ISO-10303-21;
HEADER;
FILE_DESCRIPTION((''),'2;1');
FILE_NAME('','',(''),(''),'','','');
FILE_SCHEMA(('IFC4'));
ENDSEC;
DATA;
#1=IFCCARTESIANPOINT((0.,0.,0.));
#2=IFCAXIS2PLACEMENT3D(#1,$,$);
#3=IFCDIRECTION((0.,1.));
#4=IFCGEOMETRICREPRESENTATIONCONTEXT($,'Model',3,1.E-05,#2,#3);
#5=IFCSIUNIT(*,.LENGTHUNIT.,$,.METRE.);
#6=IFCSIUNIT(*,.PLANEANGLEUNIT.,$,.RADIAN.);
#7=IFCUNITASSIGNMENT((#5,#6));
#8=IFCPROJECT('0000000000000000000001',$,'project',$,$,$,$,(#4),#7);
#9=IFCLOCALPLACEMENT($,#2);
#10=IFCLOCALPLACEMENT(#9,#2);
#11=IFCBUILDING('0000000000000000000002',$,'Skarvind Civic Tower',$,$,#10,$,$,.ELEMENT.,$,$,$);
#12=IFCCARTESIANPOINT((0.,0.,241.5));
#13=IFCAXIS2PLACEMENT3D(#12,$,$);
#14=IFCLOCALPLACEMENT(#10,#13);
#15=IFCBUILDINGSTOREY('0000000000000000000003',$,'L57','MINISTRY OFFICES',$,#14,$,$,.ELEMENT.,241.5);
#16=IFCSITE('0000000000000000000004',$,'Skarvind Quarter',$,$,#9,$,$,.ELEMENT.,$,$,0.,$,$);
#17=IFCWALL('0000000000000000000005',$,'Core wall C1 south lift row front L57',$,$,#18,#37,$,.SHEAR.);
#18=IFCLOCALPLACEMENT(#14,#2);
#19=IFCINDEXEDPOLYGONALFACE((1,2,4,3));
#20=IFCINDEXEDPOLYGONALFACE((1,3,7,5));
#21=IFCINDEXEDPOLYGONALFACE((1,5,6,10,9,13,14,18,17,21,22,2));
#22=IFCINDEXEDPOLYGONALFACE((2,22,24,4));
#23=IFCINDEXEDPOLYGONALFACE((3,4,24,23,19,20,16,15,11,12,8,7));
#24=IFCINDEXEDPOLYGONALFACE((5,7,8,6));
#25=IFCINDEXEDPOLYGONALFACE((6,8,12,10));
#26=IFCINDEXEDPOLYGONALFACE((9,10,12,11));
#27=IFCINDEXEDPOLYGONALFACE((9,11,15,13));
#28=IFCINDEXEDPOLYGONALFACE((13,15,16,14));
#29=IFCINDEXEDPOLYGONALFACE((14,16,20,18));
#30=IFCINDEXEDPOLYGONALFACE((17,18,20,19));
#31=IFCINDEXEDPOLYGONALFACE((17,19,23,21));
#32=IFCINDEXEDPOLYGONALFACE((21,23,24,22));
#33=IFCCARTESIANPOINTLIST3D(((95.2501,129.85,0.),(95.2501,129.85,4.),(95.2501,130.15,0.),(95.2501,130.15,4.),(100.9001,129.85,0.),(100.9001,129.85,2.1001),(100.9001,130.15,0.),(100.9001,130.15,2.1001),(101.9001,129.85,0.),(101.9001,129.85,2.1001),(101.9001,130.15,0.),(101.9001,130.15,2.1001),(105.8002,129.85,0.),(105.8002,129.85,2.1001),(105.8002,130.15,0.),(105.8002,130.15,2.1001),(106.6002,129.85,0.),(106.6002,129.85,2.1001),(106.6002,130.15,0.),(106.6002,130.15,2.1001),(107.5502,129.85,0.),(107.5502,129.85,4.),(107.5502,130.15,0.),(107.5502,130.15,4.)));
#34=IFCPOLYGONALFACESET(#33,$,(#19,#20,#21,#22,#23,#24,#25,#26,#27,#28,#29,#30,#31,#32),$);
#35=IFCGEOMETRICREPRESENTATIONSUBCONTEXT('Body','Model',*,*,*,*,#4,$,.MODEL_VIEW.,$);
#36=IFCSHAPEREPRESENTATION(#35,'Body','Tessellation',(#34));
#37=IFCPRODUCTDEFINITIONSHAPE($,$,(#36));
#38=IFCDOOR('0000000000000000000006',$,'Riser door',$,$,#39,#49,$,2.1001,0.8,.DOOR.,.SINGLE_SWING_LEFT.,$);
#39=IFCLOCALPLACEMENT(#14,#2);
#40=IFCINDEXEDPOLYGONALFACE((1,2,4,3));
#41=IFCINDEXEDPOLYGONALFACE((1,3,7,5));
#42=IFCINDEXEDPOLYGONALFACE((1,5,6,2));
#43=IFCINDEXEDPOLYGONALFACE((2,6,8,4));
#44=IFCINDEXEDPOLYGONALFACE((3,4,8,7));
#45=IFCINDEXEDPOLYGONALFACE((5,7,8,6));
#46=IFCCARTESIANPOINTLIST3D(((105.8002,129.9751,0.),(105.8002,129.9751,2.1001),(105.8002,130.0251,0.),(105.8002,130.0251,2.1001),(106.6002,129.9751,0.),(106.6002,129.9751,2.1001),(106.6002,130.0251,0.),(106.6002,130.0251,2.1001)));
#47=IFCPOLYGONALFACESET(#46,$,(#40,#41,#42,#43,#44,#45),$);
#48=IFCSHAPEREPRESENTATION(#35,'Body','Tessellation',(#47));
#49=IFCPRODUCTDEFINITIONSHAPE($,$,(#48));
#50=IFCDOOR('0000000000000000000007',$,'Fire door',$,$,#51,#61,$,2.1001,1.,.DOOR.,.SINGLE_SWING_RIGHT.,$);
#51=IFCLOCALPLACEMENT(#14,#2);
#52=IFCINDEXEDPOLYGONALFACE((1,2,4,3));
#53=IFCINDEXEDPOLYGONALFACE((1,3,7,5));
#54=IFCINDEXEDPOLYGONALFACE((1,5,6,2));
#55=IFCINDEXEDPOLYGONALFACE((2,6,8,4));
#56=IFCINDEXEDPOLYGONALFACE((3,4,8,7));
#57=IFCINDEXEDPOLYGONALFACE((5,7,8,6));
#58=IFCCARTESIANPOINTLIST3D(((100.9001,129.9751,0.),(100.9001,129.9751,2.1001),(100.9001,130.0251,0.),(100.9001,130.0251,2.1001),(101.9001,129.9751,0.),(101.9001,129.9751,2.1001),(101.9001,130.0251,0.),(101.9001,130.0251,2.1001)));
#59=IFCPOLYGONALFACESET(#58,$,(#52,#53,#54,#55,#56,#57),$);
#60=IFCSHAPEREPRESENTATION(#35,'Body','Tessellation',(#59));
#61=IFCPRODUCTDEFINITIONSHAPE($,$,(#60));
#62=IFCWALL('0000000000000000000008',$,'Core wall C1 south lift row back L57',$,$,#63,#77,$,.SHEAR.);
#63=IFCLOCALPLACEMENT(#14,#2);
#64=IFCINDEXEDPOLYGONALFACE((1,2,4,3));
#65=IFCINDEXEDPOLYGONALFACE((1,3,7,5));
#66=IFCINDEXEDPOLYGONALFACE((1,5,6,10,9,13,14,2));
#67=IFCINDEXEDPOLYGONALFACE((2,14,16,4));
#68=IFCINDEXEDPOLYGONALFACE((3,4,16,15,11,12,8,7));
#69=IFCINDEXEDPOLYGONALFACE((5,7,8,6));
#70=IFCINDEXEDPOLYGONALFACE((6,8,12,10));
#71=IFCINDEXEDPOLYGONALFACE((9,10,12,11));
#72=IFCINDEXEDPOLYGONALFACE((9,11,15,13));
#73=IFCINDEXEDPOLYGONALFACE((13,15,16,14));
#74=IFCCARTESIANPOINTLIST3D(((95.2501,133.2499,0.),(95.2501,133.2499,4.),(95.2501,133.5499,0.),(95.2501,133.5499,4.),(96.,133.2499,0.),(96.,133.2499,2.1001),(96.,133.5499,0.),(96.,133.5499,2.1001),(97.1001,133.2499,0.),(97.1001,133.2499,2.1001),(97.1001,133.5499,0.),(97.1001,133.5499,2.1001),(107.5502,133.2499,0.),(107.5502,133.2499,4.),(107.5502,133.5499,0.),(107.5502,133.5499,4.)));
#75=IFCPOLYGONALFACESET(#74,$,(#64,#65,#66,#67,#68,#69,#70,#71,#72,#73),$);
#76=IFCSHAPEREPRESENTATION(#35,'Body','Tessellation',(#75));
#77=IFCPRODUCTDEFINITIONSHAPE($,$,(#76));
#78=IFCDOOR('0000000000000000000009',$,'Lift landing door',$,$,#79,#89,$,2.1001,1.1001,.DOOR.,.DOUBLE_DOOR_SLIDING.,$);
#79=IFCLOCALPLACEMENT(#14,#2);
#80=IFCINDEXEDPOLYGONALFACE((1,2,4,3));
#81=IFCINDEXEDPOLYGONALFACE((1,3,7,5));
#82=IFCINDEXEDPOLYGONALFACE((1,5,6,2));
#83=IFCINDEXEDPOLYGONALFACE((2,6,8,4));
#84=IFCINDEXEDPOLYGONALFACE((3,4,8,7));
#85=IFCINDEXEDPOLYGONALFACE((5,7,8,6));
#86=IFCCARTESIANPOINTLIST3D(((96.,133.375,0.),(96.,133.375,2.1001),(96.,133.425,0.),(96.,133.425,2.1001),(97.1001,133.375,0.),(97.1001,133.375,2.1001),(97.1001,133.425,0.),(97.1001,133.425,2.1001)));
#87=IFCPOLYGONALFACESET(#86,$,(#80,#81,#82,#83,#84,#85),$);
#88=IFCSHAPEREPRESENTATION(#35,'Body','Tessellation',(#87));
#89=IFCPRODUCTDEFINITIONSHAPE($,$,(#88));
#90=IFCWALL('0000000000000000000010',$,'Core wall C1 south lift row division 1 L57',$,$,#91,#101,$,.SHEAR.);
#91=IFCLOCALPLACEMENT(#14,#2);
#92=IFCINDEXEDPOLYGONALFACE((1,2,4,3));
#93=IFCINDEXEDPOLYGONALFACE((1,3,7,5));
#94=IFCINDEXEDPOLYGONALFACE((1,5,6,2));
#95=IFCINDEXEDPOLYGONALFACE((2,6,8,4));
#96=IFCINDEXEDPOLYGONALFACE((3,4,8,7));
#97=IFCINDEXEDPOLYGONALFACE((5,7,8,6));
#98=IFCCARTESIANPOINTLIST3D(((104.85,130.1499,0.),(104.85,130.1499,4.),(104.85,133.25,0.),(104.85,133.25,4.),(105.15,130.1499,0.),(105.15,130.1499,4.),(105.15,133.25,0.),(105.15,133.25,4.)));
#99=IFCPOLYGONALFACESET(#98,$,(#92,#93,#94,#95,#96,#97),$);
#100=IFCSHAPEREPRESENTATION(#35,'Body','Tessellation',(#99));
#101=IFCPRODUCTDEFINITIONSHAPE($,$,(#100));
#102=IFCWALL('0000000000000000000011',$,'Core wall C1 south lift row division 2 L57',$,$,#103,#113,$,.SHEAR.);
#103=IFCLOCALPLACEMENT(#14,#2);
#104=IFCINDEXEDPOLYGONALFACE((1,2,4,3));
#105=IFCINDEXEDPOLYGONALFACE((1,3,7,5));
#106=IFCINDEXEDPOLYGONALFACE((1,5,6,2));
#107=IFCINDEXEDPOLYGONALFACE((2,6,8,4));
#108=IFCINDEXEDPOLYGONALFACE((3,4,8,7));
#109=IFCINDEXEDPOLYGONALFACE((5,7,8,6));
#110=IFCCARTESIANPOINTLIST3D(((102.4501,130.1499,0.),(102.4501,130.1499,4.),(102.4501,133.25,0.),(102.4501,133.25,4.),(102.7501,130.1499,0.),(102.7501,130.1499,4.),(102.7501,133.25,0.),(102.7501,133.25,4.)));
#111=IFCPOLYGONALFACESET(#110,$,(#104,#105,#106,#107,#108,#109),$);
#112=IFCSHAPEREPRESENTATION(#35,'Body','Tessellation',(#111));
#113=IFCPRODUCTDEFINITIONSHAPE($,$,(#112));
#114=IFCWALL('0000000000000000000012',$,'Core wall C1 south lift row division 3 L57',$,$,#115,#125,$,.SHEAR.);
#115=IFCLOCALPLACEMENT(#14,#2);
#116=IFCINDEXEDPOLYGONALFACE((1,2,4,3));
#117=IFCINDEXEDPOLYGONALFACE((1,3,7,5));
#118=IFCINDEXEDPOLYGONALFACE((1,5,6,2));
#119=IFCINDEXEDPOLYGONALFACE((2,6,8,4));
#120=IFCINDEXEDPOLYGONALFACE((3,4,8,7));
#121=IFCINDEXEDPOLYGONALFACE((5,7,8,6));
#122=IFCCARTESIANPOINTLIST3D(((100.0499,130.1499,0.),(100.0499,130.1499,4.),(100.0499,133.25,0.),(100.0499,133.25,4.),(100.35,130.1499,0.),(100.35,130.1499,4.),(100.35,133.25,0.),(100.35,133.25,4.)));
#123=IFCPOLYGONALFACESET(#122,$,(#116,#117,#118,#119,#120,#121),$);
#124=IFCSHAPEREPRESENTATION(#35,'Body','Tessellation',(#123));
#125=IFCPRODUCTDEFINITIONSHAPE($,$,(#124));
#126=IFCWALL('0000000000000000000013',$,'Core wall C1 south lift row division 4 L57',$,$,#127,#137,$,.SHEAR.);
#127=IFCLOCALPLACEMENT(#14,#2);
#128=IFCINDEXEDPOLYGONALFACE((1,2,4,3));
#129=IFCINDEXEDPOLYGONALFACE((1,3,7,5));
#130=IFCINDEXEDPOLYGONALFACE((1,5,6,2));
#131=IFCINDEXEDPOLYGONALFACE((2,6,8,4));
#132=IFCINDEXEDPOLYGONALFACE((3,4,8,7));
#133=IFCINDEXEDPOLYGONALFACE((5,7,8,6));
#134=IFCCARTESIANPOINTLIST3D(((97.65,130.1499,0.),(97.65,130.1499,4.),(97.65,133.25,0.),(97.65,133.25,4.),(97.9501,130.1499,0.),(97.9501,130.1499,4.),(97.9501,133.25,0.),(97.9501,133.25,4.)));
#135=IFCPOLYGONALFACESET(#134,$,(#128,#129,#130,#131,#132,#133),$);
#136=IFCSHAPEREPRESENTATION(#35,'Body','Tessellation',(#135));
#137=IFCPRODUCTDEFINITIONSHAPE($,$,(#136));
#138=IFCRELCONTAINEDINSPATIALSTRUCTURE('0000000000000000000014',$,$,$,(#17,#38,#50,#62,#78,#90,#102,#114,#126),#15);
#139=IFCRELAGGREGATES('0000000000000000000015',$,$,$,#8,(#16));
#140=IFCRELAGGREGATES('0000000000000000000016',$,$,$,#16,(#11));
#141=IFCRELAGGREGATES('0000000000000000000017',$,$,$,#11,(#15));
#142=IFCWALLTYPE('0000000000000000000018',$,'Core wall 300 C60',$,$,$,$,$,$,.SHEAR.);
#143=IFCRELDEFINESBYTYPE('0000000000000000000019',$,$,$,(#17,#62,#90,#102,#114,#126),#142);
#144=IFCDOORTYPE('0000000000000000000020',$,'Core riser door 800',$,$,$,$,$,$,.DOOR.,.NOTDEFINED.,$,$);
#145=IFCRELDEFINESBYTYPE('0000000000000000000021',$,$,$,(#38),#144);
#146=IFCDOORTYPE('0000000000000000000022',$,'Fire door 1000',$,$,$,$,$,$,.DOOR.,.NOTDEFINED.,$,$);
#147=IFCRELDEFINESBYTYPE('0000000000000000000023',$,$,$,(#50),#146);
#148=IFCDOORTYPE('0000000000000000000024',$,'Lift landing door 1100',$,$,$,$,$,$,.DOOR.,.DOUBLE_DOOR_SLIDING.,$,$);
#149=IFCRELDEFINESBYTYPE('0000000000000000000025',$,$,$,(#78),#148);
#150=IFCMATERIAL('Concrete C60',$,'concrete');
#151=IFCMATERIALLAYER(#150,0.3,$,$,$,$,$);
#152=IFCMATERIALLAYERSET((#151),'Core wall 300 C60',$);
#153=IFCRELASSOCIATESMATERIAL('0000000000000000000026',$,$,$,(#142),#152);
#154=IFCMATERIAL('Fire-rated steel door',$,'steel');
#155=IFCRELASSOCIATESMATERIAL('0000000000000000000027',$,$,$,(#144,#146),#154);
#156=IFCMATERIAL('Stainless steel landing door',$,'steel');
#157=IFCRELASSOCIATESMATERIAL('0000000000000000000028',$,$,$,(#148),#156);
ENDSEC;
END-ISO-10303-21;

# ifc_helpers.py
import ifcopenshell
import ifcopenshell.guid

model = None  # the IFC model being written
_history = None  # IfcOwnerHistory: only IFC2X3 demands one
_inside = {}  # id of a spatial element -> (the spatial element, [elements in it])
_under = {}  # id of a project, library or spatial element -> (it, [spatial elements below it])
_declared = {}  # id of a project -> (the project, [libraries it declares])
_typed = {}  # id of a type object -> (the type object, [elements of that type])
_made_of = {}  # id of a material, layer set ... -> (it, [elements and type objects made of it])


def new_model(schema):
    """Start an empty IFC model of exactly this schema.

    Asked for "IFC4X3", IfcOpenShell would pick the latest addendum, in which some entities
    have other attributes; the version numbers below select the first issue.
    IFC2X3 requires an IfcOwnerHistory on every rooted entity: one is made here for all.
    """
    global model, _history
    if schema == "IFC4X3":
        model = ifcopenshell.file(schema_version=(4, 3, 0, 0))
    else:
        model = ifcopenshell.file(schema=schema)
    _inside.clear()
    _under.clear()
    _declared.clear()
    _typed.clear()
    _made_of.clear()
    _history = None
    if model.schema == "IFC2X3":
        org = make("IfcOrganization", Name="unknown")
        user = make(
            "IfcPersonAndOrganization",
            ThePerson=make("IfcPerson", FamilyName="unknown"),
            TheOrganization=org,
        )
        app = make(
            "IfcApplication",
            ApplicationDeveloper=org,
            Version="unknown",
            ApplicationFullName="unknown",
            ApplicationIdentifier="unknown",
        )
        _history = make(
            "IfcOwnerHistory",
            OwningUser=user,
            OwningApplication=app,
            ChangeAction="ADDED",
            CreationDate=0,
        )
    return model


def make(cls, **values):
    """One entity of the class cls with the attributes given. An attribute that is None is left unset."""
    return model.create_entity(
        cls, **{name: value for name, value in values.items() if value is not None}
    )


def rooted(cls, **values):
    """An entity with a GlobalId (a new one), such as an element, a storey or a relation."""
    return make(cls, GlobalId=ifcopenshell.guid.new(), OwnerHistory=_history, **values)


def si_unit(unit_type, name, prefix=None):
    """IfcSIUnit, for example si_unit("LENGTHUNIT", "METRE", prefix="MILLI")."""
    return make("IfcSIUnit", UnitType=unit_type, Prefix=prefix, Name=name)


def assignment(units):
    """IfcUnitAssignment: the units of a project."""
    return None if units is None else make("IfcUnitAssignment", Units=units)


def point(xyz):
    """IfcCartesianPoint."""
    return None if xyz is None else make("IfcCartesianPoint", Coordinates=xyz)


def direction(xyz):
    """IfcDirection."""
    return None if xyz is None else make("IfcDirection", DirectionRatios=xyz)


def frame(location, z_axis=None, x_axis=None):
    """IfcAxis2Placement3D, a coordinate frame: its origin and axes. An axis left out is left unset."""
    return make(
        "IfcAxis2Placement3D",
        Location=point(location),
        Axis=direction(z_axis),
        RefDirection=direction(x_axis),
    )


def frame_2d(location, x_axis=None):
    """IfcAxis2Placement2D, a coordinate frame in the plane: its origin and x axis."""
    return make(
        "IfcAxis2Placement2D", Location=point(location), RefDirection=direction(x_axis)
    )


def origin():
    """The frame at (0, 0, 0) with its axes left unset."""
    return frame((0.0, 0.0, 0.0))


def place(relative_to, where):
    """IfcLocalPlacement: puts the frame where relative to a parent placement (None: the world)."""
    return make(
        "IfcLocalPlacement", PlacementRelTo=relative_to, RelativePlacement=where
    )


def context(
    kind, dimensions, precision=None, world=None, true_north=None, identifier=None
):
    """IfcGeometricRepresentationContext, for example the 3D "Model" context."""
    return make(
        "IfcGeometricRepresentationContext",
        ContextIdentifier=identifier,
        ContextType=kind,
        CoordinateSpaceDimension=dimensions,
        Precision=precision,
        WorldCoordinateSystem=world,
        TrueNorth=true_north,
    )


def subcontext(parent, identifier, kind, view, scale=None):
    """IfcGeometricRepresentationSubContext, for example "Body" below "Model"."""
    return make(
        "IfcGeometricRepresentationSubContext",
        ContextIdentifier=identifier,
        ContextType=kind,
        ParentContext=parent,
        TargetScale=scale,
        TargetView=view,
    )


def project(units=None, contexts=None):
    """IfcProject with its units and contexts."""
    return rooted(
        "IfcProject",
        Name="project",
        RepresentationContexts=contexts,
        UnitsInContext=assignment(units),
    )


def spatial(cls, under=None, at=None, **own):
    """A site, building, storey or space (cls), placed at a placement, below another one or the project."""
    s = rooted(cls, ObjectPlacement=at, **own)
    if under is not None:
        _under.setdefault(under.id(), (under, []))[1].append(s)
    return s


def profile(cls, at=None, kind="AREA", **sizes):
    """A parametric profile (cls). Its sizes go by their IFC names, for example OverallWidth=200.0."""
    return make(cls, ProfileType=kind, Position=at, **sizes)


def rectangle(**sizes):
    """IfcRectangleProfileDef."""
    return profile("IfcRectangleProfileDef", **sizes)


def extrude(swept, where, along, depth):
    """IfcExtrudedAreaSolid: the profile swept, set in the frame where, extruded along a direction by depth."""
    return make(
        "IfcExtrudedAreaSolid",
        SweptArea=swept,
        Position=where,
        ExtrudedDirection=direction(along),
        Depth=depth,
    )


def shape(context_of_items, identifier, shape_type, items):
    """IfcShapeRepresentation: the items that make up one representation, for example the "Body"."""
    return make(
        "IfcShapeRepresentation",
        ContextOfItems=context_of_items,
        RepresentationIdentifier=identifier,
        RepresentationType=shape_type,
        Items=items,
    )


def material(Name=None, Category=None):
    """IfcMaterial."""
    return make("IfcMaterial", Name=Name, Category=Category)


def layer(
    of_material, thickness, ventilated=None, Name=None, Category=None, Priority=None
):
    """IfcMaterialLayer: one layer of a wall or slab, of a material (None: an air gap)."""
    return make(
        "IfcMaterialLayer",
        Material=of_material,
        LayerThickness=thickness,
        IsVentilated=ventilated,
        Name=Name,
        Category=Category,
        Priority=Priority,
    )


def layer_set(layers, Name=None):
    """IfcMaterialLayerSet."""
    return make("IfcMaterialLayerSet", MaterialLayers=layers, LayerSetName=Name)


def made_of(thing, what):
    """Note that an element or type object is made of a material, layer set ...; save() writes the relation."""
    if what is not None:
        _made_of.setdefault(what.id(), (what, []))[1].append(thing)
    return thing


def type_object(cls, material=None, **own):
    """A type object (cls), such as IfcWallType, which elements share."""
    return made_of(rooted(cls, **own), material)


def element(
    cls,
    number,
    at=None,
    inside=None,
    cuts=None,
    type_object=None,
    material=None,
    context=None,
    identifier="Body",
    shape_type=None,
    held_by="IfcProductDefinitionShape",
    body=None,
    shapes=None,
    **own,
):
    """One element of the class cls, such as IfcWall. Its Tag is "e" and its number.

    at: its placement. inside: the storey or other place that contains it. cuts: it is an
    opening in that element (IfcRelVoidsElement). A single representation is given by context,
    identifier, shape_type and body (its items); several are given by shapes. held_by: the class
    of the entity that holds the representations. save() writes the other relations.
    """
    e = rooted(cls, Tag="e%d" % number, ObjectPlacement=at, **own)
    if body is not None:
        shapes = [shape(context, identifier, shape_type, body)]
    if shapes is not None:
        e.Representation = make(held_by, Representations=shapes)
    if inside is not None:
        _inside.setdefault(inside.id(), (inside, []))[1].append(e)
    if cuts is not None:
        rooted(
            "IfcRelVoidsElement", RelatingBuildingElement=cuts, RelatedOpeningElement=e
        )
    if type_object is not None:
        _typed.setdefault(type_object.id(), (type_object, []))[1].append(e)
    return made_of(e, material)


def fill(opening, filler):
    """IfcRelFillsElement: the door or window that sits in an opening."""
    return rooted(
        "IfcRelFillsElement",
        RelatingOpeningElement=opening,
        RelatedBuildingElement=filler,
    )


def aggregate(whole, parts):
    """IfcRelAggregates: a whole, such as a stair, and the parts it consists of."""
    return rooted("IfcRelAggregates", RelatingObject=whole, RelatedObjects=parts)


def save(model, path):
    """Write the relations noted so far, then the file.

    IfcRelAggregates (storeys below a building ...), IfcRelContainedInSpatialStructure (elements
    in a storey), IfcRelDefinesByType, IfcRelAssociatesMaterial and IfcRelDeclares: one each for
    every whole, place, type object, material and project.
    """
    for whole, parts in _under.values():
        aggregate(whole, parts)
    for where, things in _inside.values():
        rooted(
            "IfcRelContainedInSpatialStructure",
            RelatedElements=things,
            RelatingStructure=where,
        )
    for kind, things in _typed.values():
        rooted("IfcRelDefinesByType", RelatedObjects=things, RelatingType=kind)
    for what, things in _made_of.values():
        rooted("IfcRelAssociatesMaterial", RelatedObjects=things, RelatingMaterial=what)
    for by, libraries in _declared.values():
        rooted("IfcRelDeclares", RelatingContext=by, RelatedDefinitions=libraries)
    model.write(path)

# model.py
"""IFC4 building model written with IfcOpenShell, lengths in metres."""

from ifc_helpers import new_model, si_unit, direction, frame, frame_2d, origin, place, context, subcontext, project, spatial, rectangle, extrude, material, layer, layer_set, type_object, element, fill, save


model = new_model("IFC4")

# Units and contexts
model_context = context("Model", 3, precision=1e-05, world=origin(), true_north=direction((0.0, 1.0)))
body_context = subcontext(model_context, "Body", "Model", "MODEL_VIEW")
ifc_project = project(units=[si_unit("LENGTHUNIT", "METRE"), si_unit("PLANEANGLEUNIT", "RADIAN")], contexts=[model_context])

# Site, building, storey
site_placement = place(None, origin())
site = spatial("IfcSite", under=ifc_project, at=site_placement, Name="Skarvind Quarter", CompositionType="ELEMENT", RefElevation=0.0)
building_placement = place(site_placement, origin())
building = spatial("IfcBuilding", under=site, at=building_placement, Name="Skarvind Civic Tower", CompositionType="ELEMENT")
storey_placement = place(building_placement, frame((0.0, 0.0, 241.5)))
storey = spatial("IfcBuildingStorey", under=building, at=storey_placement, Name="L57", Description="MINISTRY OFFICES", CompositionType="ELEMENT", Elevation=241.5)

# Wall, openings, doors
ifc_material_1 = material(Name="Concrete C60", Category="concrete")
ifc_layer_1 = layer(ifc_material_1, 0.3)
ifc_layer_set_1 = layer_set([ifc_layer_1], Name="Core wall 300 C60")
wall_type_1 = type_object("IfcWallType", Name="Core wall 300 C60", PredefinedType="SHEAR", material=ifc_layer_set_1)
wall_1_placement = place(storey_placement, frame((107.55, 130.0, 0.0), z_axis=(0.0, 0.0, 1.0), x_axis=(-1.0, 0.0, 0.0)))
wall_1 = element("IfcWall", 1, at=wall_1_placement, inside=storey, type_object=wall_type_1, Name="Core wall C1 south lift row front L57", PredefinedType="SHEAR", context=body_context, shape_type="SweptSolid", body=[
    extrude(rectangle(XDim=12.3, YDim=0.3, at=frame_2d((6.1499, 0.0))), origin(), (0.0, 0.0, 1.0), 4.0),
])
opening_1_placement = place(wall_1_placement, frame((0.95, 0.0, 0.0)))
opening_1 = element("IfcOpeningElement", 2, at=opening_1_placement, cuts=wall_1, PredefinedType="OPENING", context=body_context, shape_type="SweptSolid", body=[
    extrude(rectangle(XDim=0.8, YDim=2.1001, at=frame_2d((0.3999, 1.05))), frame((0.0, 0.1599, 0.0), z_axis=(0.0, -1.0, 0.0), x_axis=(1.0, 0.0, 0.0)), (0.0, 0.0, 1.0), 0.3201),
])
opening_2_placement = place(wall_1_placement, frame((5.6499, 0.0, 0.0)))
opening_2 = element("IfcOpeningElement", 3, at=opening_2_placement, cuts=wall_1, PredefinedType="OPENING", context=body_context, shape_type="SweptSolid", body=[
    extrude(rectangle(XDim=1.0, YDim=2.1001, at=frame_2d((0.5, 1.05))), frame((0.0, 0.1599, 0.0), z_axis=(0.0, -1.0, 0.0), x_axis=(1.0, 0.0, 0.0)), (0.0, 0.0, 1.0), 0.3201),
])
ifc_material_2 = material(Name="Fire-rated steel door", Category="steel")
door_type_1 = type_object("IfcDoorType", Name="Core riser door 800", OperationType="NOTDEFINED", PredefinedType="DOOR", material=ifc_material_2)
door_1_placement = place(opening_1_placement, origin())
door_1 = element("IfcDoor", 4, at=door_1_placement, inside=storey, type_object=door_type_1, Name="Riser door", OperationType="SINGLE_SWING_LEFT", OverallHeight=2.1001, OverallWidth=0.8, PredefinedType="DOOR", context=body_context, shape_type="SweptSolid", body=[
    extrude(rectangle(XDim=0.8, YDim=2.1001, at=frame_2d((0.3999, 1.05))), frame((0.0, 0.0249, 0.0), z_axis=(0.0, -1.0, 0.0), x_axis=(1.0, 0.0, 0.0)), (0.0, 0.0, 1.0), 0.05),
])
fill(opening_1, door_1)
door_type_2 = type_object("IfcDoorType", Name="Fire door 1000", OperationType="NOTDEFINED", PredefinedType="DOOR", material=ifc_material_2)
door_2_placement = place(opening_2_placement, origin())
door_2 = element("IfcDoor", 5, at=door_2_placement, inside=storey, type_object=door_type_2, Name="Fire door", OperationType="SINGLE_SWING_RIGHT", OverallHeight=2.1001, OverallWidth=1.0, PredefinedType="DOOR", context=body_context, shape_type="SweptSolid", body=[
    extrude(rectangle(XDim=1.0, YDim=2.1001, at=frame_2d((0.5, 1.05))), frame((0.0, 0.0249, 0.0), z_axis=(0.0, -1.0, 0.0), x_axis=(1.0, 0.0, 0.0)), (0.0, 0.0, 1.0), 0.05),
])
fill(opening_2, door_2)

# Wall, opening, door
wall_2_placement = place(storey_placement, frame((107.55, 133.3999, 0.0), z_axis=(0.0, 0.0, 1.0), x_axis=(-1.0, 0.0, 0.0)))
wall_2 = element("IfcWall", 6, at=wall_2_placement, inside=storey, type_object=wall_type_1, Name="Core wall C1 south lift row back L57", PredefinedType="SHEAR", context=body_context, shape_type="SweptSolid", body=[
    extrude(rectangle(XDim=12.3, YDim=0.3, at=frame_2d((6.1499, 0.0))), origin(), (0.0, 0.0, 1.0), 4.0),
])
opening_3_placement = place(wall_2_placement, frame((10.45, 0.0, 0.0)))
opening_3 = element("IfcOpeningElement", 7, at=opening_3_placement, cuts=wall_2, PredefinedType="OPENING", context=body_context, shape_type="SweptSolid", body=[
    extrude(rectangle(XDim=1.1001, YDim=2.1001, at=frame_2d((0.55, 1.05))), frame((0.0, 0.1599, 0.0), z_axis=(0.0, -1.0, 0.0), x_axis=(1.0, 0.0, 0.0)), (0.0, 0.0, 1.0), 0.3201),
])
ifc_material_3 = material(Name="Stainless steel landing door", Category="steel")
door_type_3 = type_object("IfcDoorType", Name="Lift landing door 1100", OperationType="DOUBLE_DOOR_SLIDING", PredefinedType="DOOR", material=ifc_material_3)
door_3_placement = place(opening_3_placement, origin())
door_3 = element("IfcDoor", 8, at=door_3_placement, inside=storey, type_object=door_type_3, Name="Lift landing door", OperationType="DOUBLE_DOOR_SLIDING", OverallHeight=2.1001, OverallWidth=1.1001, PredefinedType="DOOR", context=body_context, shape_type="SweptSolid", body=[
    extrude(rectangle(XDim=1.1001, YDim=2.1001, at=frame_2d((0.55, 1.05))), frame((0.0, 0.0249, 0.0), z_axis=(0.0, -1.0, 0.0), x_axis=(1.0, 0.0, 0.0)), (0.0, 0.0, 1.0), 0.05),
])
fill(opening_3, door_3)

# Walls
for number, where, z_axis, x_axis, name in (
    (9, (105.0, 133.25, 0.0), (0.0, 0.0, 1.0), (0.0, -1.0, 0.0), "Core wall C1 south lift row division 1 L57"),
    (10, (102.6001, 133.25, 0.0), (0.0, 0.0, 1.0), (0.0, -1.0, 0.0), "Core wall C1 south lift row division 2 L57"),
    (11, (100.2, 133.25, 0.0), (0.0, 0.0, 1.0), (0.0, -1.0, 0.0), "Core wall C1 south lift row division 3 L57"),
    (12, (97.8, 133.25, 0.0), (0.0, 0.0, 1.0), (0.0, -1.0, 0.0), "Core wall C1 south lift row division 4 L57"),
):
    element("IfcWall", number, at=place(storey_placement, frame(where, z_axis=z_axis, x_axis=x_axis)), inside=storey, type_object=wall_type_1, Name=name, PredefinedType="SHEAR", context=body_context, shape_type="SweptSolid", body=[
        extrude(rectangle(XDim=3.1001, YDim=0.3, at=frame_2d((1.55, 0.0))), origin(), (0.0, 0.0, 1.0), 4.0),
    ])

save(model, "model.ifc")
